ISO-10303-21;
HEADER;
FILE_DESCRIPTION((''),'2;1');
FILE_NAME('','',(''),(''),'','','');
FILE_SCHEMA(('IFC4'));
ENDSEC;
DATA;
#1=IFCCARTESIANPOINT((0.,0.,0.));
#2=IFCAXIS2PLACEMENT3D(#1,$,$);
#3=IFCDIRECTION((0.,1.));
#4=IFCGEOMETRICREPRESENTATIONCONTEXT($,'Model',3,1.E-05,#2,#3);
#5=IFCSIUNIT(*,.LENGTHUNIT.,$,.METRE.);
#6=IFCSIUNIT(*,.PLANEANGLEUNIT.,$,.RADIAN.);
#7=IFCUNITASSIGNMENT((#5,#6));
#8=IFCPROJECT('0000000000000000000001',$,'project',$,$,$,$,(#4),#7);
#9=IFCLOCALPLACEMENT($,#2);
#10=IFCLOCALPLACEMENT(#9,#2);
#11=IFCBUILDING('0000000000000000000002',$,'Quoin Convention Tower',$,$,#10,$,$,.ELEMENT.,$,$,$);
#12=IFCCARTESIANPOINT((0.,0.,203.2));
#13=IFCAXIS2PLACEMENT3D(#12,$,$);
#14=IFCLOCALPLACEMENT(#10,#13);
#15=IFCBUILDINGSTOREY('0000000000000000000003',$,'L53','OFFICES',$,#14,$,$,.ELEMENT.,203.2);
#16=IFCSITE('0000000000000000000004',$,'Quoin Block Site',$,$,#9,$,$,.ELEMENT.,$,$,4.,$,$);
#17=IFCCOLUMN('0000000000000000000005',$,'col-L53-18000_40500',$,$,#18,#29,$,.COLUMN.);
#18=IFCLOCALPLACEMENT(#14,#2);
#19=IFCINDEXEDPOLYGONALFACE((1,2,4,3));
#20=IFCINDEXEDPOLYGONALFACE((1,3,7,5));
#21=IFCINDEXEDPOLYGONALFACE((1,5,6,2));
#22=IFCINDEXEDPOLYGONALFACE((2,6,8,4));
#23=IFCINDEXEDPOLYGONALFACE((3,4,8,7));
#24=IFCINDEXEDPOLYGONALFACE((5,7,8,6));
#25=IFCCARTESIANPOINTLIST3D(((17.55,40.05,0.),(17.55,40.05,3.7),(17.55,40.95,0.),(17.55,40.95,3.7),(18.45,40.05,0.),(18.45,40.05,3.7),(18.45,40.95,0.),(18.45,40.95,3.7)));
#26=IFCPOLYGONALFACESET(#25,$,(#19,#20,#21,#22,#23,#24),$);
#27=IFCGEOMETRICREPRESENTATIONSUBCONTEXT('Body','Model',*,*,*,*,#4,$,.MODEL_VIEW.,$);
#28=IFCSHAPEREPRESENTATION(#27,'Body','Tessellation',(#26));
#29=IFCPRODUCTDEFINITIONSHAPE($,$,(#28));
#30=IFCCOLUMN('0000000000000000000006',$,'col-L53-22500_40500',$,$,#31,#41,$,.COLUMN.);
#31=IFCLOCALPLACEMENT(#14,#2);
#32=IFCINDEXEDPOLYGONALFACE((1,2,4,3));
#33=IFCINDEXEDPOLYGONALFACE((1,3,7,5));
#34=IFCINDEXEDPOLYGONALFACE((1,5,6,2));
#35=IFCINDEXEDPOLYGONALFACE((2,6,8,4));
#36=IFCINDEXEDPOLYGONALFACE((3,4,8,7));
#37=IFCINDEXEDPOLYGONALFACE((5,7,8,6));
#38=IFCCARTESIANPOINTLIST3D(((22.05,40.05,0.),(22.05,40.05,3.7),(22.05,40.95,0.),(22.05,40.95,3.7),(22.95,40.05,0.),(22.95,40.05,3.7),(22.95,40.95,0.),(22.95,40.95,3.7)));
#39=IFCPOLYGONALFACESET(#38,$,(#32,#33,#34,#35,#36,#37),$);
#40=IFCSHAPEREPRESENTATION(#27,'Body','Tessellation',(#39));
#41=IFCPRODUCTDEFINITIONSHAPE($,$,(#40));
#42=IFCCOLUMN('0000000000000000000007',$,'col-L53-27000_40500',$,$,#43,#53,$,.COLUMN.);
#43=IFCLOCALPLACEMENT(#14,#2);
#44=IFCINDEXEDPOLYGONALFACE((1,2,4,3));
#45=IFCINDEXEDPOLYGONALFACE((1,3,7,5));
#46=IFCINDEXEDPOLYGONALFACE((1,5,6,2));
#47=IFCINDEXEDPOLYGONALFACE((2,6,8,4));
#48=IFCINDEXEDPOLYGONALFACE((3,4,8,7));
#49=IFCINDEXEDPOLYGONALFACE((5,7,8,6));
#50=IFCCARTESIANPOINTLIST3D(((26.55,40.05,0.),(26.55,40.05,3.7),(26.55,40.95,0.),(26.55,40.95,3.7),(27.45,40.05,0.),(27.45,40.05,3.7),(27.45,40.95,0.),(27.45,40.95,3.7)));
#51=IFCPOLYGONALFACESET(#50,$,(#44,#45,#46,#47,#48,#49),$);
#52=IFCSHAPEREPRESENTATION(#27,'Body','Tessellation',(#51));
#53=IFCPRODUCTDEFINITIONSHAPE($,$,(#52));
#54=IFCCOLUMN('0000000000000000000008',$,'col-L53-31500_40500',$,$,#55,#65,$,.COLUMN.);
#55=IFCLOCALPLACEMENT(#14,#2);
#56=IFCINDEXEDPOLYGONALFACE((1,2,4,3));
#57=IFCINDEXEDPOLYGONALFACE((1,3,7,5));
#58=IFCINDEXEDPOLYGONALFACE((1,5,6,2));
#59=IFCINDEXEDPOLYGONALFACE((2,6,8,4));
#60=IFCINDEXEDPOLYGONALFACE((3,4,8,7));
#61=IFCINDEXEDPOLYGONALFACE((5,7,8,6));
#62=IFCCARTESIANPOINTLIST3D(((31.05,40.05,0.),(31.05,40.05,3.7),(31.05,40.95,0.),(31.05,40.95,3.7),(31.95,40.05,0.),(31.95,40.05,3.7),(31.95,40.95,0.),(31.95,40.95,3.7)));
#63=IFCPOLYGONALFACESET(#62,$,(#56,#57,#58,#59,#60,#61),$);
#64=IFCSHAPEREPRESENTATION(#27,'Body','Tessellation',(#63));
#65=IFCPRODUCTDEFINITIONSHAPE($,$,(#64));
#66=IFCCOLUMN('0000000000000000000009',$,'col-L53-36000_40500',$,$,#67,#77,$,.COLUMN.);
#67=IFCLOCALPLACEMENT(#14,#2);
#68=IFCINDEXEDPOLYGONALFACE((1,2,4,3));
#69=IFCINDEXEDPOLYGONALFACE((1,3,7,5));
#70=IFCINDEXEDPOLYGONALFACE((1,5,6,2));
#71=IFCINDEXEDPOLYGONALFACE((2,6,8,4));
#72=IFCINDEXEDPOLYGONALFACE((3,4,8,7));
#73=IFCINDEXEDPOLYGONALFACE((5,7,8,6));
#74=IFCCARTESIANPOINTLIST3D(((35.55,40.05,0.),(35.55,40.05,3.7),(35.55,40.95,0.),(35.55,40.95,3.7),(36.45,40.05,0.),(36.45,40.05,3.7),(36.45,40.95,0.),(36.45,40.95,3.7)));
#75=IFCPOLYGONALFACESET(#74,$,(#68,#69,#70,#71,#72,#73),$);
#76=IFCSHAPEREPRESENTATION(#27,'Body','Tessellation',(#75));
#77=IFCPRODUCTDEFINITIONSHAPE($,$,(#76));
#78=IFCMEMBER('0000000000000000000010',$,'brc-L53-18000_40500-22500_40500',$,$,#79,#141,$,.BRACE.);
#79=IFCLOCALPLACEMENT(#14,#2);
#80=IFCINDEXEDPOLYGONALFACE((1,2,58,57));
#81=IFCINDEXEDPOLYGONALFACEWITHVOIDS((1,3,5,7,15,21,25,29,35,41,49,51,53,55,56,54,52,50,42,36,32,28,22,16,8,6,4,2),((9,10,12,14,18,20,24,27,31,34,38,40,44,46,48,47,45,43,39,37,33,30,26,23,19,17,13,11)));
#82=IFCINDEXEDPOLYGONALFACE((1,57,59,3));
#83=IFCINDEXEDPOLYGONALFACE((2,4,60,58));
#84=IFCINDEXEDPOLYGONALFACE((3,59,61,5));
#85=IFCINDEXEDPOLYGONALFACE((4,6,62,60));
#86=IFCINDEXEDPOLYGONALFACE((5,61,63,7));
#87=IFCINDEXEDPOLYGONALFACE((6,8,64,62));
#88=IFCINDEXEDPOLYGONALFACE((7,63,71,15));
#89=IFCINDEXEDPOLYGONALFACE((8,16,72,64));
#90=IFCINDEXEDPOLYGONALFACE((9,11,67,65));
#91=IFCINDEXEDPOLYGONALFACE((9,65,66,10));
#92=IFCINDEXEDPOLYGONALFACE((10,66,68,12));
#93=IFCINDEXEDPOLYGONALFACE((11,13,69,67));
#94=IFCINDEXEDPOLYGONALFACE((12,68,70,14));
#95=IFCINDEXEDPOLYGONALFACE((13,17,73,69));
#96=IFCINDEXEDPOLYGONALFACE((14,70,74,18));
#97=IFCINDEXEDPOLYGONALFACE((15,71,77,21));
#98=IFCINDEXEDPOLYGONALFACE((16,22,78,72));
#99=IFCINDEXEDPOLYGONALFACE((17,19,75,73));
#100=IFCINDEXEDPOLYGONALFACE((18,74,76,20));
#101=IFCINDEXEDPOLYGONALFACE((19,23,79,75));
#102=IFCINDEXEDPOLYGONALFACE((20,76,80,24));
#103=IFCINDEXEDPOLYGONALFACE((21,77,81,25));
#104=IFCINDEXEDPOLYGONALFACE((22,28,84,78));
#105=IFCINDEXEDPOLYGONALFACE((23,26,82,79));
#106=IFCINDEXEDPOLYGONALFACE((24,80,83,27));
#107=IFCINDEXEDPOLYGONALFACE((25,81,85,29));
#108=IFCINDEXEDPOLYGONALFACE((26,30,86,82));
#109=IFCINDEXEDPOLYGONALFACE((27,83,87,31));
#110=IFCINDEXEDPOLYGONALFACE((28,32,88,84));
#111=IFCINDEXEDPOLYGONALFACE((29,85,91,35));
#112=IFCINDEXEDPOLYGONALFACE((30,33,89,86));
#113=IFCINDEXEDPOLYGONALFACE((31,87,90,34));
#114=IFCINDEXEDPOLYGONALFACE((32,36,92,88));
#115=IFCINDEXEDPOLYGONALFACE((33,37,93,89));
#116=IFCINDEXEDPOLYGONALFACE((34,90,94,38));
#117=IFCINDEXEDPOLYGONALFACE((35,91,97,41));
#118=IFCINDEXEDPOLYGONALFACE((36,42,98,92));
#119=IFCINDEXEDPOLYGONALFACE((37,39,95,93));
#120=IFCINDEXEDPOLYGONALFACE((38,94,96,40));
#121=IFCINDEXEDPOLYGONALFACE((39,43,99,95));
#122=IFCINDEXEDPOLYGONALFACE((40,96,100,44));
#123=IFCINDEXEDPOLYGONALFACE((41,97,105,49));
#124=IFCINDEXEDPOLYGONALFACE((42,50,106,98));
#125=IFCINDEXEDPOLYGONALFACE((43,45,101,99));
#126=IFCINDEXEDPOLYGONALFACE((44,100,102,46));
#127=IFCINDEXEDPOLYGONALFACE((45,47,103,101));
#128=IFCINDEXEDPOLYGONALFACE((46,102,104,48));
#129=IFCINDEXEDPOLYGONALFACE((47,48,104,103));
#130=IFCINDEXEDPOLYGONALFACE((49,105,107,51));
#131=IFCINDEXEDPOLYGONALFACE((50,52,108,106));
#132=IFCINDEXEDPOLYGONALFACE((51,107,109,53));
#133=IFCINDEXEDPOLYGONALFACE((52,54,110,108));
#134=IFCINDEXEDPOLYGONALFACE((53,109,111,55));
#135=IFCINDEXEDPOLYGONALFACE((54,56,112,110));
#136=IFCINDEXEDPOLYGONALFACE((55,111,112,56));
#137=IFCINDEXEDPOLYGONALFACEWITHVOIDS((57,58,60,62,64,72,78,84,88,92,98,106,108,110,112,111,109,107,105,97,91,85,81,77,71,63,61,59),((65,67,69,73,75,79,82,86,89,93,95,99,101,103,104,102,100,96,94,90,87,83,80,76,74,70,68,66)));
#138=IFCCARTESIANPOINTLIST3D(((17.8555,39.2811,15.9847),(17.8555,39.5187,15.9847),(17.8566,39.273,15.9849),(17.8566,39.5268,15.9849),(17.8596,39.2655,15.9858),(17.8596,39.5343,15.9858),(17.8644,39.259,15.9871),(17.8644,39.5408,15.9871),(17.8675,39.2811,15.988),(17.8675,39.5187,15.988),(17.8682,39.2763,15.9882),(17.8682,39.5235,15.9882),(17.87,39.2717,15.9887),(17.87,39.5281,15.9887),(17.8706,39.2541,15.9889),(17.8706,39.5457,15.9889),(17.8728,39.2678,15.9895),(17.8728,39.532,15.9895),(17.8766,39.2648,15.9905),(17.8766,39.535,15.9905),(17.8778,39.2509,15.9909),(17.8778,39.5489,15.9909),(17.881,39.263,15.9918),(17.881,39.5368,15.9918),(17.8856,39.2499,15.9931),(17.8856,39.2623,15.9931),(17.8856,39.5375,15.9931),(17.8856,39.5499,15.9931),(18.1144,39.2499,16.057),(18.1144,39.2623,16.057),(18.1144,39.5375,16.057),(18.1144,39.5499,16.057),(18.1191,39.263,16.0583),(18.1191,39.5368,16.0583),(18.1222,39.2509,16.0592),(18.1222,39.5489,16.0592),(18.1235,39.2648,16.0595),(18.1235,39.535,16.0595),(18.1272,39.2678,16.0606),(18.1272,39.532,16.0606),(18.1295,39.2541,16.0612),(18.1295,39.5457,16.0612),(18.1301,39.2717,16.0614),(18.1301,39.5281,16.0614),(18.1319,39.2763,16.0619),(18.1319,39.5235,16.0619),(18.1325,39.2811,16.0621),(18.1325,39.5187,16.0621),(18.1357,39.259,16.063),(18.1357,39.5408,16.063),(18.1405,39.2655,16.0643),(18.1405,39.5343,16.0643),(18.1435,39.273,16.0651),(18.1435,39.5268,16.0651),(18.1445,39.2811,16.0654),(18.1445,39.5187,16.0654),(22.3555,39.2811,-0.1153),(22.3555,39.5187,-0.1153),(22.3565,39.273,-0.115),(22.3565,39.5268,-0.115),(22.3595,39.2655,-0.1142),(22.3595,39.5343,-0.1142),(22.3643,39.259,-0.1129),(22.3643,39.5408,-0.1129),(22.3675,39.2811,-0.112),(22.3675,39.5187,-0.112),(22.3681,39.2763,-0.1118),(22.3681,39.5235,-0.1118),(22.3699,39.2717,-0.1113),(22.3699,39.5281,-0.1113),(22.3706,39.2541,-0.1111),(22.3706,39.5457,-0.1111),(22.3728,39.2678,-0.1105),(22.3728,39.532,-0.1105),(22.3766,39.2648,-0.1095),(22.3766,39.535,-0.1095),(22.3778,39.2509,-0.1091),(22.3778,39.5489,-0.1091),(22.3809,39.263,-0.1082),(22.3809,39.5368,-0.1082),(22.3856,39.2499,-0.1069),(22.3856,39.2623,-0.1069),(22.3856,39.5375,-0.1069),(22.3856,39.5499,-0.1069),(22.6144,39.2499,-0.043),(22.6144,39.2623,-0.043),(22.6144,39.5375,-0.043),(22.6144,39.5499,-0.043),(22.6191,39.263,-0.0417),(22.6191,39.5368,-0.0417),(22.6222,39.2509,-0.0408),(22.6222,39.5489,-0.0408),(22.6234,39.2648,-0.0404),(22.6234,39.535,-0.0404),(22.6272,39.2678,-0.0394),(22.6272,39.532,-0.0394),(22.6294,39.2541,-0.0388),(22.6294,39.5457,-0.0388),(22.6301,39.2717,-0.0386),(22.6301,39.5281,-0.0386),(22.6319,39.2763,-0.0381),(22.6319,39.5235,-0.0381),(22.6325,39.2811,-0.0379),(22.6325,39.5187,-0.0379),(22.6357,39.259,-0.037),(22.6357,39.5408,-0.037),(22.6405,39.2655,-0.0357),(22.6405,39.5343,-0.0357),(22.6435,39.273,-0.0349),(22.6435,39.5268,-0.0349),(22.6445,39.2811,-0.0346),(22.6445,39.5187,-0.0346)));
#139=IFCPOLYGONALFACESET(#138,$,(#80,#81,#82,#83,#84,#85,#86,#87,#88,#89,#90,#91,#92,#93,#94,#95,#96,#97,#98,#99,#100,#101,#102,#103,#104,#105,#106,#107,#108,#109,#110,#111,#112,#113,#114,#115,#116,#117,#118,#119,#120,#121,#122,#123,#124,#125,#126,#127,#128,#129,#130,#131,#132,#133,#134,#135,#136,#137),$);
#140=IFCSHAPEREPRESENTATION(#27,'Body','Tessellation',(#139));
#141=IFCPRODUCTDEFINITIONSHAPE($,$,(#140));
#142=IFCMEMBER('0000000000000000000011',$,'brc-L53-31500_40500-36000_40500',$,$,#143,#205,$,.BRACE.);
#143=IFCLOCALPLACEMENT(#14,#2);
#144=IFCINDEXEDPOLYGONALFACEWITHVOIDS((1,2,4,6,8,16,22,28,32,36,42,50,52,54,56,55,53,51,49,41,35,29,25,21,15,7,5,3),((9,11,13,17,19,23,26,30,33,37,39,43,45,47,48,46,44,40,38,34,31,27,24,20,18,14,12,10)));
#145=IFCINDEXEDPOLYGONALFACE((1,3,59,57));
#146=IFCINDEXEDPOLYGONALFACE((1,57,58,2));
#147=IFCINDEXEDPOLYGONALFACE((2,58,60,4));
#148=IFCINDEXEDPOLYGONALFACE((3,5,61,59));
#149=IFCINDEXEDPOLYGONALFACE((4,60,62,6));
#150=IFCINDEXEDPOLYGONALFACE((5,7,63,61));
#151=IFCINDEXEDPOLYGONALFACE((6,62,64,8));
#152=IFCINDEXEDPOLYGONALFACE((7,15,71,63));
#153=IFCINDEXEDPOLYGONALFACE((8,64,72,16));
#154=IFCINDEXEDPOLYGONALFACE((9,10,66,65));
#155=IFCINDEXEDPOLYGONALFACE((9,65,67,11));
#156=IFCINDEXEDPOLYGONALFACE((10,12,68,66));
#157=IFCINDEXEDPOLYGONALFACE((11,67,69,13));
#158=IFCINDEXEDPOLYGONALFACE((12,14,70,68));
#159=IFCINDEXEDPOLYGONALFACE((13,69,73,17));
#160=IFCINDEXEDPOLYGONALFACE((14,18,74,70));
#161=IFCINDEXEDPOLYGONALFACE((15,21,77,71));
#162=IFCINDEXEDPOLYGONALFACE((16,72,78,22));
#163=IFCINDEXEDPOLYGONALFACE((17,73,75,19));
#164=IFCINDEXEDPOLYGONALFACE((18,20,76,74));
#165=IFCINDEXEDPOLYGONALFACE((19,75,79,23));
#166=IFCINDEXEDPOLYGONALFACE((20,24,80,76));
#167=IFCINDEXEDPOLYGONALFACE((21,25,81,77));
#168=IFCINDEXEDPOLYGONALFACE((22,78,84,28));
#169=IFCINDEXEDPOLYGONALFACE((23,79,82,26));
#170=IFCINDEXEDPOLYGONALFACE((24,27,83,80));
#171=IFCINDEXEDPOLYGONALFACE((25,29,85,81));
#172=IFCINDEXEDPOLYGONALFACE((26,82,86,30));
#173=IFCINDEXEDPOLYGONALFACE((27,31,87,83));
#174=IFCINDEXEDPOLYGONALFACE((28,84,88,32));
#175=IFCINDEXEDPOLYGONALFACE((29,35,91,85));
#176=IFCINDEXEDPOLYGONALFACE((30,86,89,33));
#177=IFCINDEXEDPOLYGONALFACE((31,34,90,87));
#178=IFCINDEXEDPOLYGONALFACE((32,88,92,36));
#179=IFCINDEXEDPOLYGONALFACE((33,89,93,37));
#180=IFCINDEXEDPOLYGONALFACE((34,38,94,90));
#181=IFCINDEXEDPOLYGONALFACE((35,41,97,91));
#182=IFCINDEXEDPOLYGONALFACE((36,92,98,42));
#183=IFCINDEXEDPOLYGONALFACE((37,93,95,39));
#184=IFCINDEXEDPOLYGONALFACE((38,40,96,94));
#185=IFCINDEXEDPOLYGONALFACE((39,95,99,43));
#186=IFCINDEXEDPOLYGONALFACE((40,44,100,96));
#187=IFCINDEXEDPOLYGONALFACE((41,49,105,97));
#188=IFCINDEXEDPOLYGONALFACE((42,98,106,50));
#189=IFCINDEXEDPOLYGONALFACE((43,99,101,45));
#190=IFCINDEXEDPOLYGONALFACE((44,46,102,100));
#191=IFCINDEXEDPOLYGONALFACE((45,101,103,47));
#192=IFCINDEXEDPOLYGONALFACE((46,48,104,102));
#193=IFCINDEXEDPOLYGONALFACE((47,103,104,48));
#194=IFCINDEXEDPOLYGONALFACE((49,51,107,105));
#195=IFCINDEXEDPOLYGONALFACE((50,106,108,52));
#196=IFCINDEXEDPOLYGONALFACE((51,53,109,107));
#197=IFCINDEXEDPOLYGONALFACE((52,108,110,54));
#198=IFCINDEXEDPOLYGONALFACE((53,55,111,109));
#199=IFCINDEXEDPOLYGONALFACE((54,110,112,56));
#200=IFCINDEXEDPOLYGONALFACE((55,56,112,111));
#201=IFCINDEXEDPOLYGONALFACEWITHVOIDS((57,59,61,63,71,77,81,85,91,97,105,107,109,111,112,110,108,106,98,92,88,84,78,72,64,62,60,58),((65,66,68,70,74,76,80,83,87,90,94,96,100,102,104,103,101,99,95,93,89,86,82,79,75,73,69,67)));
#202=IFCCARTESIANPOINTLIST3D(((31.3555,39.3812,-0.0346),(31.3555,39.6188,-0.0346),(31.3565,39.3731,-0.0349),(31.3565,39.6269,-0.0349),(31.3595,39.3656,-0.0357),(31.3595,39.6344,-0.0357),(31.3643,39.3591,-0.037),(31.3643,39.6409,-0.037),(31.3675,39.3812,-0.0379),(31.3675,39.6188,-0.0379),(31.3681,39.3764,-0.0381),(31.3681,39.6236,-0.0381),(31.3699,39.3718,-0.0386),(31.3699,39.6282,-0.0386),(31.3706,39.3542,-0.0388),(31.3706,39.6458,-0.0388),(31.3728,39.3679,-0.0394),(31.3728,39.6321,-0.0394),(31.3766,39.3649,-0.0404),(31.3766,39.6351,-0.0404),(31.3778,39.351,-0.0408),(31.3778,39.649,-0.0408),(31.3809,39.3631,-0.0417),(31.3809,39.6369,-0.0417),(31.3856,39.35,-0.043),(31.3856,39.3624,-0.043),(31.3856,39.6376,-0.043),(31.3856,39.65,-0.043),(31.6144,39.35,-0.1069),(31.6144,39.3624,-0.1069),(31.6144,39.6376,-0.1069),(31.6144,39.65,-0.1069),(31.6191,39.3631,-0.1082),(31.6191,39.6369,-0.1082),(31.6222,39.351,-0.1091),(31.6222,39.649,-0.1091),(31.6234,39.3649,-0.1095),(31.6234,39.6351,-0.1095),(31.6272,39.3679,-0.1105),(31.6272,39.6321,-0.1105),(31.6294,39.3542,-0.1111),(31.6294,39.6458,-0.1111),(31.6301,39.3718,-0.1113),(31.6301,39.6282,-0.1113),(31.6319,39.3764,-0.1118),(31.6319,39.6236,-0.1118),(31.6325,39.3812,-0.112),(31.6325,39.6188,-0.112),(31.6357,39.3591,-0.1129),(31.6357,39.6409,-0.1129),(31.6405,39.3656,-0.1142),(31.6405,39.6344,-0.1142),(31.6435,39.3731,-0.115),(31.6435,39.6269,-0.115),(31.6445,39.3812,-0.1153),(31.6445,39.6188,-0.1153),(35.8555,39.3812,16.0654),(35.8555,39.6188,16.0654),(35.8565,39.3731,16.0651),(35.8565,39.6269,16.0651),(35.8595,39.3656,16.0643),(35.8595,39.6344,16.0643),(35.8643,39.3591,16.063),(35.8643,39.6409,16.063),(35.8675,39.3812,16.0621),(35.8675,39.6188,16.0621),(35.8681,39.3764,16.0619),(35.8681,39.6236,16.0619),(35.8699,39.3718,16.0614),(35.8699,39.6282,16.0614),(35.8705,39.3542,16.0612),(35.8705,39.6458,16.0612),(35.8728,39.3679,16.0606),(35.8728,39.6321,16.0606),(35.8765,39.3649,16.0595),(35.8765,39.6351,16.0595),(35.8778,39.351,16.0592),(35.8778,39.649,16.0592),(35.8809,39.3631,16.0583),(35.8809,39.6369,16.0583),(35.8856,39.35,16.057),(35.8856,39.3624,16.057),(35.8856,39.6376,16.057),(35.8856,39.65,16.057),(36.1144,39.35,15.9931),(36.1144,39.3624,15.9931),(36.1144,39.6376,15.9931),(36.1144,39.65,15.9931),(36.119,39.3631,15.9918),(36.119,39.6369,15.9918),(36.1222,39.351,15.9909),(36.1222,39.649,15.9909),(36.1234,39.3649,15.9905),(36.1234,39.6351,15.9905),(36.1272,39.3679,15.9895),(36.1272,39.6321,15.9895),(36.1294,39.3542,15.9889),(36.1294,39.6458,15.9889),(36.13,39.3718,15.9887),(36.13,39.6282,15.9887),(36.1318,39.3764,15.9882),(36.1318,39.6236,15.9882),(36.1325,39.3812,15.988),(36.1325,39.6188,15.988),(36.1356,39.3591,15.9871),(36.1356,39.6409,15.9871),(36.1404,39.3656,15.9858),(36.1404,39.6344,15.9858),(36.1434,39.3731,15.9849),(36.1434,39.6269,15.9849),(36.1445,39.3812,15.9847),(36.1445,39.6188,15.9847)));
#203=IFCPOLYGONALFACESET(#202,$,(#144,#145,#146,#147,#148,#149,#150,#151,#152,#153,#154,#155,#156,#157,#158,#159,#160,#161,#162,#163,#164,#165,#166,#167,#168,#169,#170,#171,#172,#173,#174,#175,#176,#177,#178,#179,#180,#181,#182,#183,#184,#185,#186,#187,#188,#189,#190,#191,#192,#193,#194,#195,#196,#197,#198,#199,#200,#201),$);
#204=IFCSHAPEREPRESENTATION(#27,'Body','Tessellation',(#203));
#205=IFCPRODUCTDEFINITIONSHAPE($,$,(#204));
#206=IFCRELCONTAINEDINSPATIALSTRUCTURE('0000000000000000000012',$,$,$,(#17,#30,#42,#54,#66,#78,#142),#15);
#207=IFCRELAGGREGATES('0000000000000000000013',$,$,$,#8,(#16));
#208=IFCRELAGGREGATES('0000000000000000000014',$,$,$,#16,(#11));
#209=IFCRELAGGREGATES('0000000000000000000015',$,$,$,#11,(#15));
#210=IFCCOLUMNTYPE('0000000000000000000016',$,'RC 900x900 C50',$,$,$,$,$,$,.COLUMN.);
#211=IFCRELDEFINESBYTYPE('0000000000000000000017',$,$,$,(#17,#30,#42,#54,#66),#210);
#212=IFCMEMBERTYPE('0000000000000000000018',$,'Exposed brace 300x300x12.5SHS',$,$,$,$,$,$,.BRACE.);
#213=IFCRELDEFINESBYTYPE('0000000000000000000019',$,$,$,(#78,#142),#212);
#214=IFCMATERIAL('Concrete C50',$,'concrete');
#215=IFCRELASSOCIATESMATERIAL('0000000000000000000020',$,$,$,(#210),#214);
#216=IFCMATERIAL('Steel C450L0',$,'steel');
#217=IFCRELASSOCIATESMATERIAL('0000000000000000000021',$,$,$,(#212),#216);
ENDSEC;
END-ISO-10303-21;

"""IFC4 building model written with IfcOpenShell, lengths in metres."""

from ifc_helpers import new_model, si_unit, direction, frame, origin, origin_2d, place, context, subcontext, project, spatial, rectangle, hollow_rectangle, extrude, material, material_profile, profile_set, type_object, element, save


model = new_model("IFC4")

# Units and contexts
model_context = context("Model", 3, precision=1e-05, world=origin(), true_north=direction((0.0, 1.0)))
body_context = subcontext(model_context, "Body", "Model", "MODEL_VIEW")
ifc_project = project(units=[si_unit("LENGTHUNIT", "METRE"), si_unit("PLANEANGLEUNIT", "RADIAN")], contexts=[model_context])

# Site, building, storey
site_placement = place(None, origin())
site = spatial("IfcSite", under=ifc_project, at=site_placement, Name="Quoin Block Site", CompositionType="ELEMENT", RefElevation=4.0)
building_placement = place(site_placement, origin())
building = spatial("IfcBuilding", under=site, at=building_placement, Name="Quoin Convention Tower", CompositionType="ELEMENT")
storey_placement = place(building_placement, frame((0.0, 0.0, 203.2)))
storey = spatial("IfcBuildingStorey", under=building, at=storey_placement, Name="L53", Description="OFFICES", CompositionType="ELEMENT", Elevation=203.2)

# Columns
ifc_material_1 = material(Name="Concrete C50", Category="concrete")
ifc_material_profile_1 = material_profile(ifc_material_1, rectangle(XDim=0.8999, YDim=0.8999, at=origin_2d()), Name="RC 900x900")
ifc_profile_set_1 = profile_set([ifc_material_profile_1], Name="Concrete C50")
column_type = type_object("IfcColumnType", Name="RC 900x900 C50", PredefinedType="COLUMN", material=ifc_profile_set_1)
for number, where, z_axis, x_axis, name in (
    (1, (18.0, 40.5, 0.0), (0.0, 0.0, 1.0), (1.0, 0.0, 0.0), "col-L53-18000_40500"),
    (2, (22.5, 40.5, 0.0), (0.0, 0.0, 1.0), (1.0, 0.0, 0.0), "col-L53-22500_40500"),
    (3, (27.0, 40.5, 0.0), (0.0, 0.0, 1.0), (1.0, 0.0, 0.0), "col-L53-27000_40500"),
    (4, (31.5, 40.5, 0.0), (0.0, 0.0, 1.0), (1.0, 0.0, 0.0), "col-L53-31500_40500"),
    (5, (36.0, 40.5, 0.0), (0.0, 0.0, 1.0), (1.0, 0.0, 0.0), "col-L53-36000_40500"),
):
    element("IfcColumn", number, at=place(storey_placement, frame(where, z_axis=z_axis, x_axis=x_axis)), inside=storey, type_object=column_type, Name=name, PredefinedType="COLUMN", context=body_context, shape_type="SweptSolid", body=[
        extrude(rectangle(XDim=0.8999, YDim=0.8999, at=origin_2d()), origin(), (0.0, 0.0, 1.0), 3.7),
    ])

# Members
ifc_material_2 = material(Name="Steel C450L0", Category="steel")
ifc_material_profile_2 = material_profile(ifc_material_2, hollow_rectangle(XDim=0.3, YDim=0.3, WallThickness=0.0125, InnerFilletRadius=0.0188, OuterFilletRadius=0.0312, at=origin_2d()), Name="300x300x12.5SHS")
ifc_profile_set_2 = profile_set([ifc_material_profile_2], Name="Steel C450L0")
member_type = type_object("IfcMemberType", Name="Exposed brace 300x300x12.5SHS", PredefinedType="BRACE", material=ifc_profile_set_2)
for number, where, z_axis, x_axis, name in (
    (6, (22.5, 39.3999, -0.075), (-0.269185, 0.0, 0.963089), (0.0, -1.0, 0.0), "brc-L53-18000_40500-22500_40500"),
    (7, (31.5, 39.5, -0.075), (0.269185, 0.0, 0.963089), (0.0, 1.0, 0.0), "brc-L53-31500_40500-36000_40500"),
):
    element("IfcMember", number, at=place(storey_placement, frame(where, z_axis=z_axis, x_axis=x_axis)), inside=storey, type_object=member_type, Name=name, PredefinedType="BRACE", context=body_context, shape_type="SweptSolid", body=[
        extrude(hollow_rectangle(XDim=0.3, YDim=0.3, WallThickness=0.0125, InnerFilletRadius=0.0188, OuterFilletRadius=0.0312, at=origin_2d()), origin(), (0.0, 0.0, 1.0), 16.717),
    ])

save(model, "model.ifc")
